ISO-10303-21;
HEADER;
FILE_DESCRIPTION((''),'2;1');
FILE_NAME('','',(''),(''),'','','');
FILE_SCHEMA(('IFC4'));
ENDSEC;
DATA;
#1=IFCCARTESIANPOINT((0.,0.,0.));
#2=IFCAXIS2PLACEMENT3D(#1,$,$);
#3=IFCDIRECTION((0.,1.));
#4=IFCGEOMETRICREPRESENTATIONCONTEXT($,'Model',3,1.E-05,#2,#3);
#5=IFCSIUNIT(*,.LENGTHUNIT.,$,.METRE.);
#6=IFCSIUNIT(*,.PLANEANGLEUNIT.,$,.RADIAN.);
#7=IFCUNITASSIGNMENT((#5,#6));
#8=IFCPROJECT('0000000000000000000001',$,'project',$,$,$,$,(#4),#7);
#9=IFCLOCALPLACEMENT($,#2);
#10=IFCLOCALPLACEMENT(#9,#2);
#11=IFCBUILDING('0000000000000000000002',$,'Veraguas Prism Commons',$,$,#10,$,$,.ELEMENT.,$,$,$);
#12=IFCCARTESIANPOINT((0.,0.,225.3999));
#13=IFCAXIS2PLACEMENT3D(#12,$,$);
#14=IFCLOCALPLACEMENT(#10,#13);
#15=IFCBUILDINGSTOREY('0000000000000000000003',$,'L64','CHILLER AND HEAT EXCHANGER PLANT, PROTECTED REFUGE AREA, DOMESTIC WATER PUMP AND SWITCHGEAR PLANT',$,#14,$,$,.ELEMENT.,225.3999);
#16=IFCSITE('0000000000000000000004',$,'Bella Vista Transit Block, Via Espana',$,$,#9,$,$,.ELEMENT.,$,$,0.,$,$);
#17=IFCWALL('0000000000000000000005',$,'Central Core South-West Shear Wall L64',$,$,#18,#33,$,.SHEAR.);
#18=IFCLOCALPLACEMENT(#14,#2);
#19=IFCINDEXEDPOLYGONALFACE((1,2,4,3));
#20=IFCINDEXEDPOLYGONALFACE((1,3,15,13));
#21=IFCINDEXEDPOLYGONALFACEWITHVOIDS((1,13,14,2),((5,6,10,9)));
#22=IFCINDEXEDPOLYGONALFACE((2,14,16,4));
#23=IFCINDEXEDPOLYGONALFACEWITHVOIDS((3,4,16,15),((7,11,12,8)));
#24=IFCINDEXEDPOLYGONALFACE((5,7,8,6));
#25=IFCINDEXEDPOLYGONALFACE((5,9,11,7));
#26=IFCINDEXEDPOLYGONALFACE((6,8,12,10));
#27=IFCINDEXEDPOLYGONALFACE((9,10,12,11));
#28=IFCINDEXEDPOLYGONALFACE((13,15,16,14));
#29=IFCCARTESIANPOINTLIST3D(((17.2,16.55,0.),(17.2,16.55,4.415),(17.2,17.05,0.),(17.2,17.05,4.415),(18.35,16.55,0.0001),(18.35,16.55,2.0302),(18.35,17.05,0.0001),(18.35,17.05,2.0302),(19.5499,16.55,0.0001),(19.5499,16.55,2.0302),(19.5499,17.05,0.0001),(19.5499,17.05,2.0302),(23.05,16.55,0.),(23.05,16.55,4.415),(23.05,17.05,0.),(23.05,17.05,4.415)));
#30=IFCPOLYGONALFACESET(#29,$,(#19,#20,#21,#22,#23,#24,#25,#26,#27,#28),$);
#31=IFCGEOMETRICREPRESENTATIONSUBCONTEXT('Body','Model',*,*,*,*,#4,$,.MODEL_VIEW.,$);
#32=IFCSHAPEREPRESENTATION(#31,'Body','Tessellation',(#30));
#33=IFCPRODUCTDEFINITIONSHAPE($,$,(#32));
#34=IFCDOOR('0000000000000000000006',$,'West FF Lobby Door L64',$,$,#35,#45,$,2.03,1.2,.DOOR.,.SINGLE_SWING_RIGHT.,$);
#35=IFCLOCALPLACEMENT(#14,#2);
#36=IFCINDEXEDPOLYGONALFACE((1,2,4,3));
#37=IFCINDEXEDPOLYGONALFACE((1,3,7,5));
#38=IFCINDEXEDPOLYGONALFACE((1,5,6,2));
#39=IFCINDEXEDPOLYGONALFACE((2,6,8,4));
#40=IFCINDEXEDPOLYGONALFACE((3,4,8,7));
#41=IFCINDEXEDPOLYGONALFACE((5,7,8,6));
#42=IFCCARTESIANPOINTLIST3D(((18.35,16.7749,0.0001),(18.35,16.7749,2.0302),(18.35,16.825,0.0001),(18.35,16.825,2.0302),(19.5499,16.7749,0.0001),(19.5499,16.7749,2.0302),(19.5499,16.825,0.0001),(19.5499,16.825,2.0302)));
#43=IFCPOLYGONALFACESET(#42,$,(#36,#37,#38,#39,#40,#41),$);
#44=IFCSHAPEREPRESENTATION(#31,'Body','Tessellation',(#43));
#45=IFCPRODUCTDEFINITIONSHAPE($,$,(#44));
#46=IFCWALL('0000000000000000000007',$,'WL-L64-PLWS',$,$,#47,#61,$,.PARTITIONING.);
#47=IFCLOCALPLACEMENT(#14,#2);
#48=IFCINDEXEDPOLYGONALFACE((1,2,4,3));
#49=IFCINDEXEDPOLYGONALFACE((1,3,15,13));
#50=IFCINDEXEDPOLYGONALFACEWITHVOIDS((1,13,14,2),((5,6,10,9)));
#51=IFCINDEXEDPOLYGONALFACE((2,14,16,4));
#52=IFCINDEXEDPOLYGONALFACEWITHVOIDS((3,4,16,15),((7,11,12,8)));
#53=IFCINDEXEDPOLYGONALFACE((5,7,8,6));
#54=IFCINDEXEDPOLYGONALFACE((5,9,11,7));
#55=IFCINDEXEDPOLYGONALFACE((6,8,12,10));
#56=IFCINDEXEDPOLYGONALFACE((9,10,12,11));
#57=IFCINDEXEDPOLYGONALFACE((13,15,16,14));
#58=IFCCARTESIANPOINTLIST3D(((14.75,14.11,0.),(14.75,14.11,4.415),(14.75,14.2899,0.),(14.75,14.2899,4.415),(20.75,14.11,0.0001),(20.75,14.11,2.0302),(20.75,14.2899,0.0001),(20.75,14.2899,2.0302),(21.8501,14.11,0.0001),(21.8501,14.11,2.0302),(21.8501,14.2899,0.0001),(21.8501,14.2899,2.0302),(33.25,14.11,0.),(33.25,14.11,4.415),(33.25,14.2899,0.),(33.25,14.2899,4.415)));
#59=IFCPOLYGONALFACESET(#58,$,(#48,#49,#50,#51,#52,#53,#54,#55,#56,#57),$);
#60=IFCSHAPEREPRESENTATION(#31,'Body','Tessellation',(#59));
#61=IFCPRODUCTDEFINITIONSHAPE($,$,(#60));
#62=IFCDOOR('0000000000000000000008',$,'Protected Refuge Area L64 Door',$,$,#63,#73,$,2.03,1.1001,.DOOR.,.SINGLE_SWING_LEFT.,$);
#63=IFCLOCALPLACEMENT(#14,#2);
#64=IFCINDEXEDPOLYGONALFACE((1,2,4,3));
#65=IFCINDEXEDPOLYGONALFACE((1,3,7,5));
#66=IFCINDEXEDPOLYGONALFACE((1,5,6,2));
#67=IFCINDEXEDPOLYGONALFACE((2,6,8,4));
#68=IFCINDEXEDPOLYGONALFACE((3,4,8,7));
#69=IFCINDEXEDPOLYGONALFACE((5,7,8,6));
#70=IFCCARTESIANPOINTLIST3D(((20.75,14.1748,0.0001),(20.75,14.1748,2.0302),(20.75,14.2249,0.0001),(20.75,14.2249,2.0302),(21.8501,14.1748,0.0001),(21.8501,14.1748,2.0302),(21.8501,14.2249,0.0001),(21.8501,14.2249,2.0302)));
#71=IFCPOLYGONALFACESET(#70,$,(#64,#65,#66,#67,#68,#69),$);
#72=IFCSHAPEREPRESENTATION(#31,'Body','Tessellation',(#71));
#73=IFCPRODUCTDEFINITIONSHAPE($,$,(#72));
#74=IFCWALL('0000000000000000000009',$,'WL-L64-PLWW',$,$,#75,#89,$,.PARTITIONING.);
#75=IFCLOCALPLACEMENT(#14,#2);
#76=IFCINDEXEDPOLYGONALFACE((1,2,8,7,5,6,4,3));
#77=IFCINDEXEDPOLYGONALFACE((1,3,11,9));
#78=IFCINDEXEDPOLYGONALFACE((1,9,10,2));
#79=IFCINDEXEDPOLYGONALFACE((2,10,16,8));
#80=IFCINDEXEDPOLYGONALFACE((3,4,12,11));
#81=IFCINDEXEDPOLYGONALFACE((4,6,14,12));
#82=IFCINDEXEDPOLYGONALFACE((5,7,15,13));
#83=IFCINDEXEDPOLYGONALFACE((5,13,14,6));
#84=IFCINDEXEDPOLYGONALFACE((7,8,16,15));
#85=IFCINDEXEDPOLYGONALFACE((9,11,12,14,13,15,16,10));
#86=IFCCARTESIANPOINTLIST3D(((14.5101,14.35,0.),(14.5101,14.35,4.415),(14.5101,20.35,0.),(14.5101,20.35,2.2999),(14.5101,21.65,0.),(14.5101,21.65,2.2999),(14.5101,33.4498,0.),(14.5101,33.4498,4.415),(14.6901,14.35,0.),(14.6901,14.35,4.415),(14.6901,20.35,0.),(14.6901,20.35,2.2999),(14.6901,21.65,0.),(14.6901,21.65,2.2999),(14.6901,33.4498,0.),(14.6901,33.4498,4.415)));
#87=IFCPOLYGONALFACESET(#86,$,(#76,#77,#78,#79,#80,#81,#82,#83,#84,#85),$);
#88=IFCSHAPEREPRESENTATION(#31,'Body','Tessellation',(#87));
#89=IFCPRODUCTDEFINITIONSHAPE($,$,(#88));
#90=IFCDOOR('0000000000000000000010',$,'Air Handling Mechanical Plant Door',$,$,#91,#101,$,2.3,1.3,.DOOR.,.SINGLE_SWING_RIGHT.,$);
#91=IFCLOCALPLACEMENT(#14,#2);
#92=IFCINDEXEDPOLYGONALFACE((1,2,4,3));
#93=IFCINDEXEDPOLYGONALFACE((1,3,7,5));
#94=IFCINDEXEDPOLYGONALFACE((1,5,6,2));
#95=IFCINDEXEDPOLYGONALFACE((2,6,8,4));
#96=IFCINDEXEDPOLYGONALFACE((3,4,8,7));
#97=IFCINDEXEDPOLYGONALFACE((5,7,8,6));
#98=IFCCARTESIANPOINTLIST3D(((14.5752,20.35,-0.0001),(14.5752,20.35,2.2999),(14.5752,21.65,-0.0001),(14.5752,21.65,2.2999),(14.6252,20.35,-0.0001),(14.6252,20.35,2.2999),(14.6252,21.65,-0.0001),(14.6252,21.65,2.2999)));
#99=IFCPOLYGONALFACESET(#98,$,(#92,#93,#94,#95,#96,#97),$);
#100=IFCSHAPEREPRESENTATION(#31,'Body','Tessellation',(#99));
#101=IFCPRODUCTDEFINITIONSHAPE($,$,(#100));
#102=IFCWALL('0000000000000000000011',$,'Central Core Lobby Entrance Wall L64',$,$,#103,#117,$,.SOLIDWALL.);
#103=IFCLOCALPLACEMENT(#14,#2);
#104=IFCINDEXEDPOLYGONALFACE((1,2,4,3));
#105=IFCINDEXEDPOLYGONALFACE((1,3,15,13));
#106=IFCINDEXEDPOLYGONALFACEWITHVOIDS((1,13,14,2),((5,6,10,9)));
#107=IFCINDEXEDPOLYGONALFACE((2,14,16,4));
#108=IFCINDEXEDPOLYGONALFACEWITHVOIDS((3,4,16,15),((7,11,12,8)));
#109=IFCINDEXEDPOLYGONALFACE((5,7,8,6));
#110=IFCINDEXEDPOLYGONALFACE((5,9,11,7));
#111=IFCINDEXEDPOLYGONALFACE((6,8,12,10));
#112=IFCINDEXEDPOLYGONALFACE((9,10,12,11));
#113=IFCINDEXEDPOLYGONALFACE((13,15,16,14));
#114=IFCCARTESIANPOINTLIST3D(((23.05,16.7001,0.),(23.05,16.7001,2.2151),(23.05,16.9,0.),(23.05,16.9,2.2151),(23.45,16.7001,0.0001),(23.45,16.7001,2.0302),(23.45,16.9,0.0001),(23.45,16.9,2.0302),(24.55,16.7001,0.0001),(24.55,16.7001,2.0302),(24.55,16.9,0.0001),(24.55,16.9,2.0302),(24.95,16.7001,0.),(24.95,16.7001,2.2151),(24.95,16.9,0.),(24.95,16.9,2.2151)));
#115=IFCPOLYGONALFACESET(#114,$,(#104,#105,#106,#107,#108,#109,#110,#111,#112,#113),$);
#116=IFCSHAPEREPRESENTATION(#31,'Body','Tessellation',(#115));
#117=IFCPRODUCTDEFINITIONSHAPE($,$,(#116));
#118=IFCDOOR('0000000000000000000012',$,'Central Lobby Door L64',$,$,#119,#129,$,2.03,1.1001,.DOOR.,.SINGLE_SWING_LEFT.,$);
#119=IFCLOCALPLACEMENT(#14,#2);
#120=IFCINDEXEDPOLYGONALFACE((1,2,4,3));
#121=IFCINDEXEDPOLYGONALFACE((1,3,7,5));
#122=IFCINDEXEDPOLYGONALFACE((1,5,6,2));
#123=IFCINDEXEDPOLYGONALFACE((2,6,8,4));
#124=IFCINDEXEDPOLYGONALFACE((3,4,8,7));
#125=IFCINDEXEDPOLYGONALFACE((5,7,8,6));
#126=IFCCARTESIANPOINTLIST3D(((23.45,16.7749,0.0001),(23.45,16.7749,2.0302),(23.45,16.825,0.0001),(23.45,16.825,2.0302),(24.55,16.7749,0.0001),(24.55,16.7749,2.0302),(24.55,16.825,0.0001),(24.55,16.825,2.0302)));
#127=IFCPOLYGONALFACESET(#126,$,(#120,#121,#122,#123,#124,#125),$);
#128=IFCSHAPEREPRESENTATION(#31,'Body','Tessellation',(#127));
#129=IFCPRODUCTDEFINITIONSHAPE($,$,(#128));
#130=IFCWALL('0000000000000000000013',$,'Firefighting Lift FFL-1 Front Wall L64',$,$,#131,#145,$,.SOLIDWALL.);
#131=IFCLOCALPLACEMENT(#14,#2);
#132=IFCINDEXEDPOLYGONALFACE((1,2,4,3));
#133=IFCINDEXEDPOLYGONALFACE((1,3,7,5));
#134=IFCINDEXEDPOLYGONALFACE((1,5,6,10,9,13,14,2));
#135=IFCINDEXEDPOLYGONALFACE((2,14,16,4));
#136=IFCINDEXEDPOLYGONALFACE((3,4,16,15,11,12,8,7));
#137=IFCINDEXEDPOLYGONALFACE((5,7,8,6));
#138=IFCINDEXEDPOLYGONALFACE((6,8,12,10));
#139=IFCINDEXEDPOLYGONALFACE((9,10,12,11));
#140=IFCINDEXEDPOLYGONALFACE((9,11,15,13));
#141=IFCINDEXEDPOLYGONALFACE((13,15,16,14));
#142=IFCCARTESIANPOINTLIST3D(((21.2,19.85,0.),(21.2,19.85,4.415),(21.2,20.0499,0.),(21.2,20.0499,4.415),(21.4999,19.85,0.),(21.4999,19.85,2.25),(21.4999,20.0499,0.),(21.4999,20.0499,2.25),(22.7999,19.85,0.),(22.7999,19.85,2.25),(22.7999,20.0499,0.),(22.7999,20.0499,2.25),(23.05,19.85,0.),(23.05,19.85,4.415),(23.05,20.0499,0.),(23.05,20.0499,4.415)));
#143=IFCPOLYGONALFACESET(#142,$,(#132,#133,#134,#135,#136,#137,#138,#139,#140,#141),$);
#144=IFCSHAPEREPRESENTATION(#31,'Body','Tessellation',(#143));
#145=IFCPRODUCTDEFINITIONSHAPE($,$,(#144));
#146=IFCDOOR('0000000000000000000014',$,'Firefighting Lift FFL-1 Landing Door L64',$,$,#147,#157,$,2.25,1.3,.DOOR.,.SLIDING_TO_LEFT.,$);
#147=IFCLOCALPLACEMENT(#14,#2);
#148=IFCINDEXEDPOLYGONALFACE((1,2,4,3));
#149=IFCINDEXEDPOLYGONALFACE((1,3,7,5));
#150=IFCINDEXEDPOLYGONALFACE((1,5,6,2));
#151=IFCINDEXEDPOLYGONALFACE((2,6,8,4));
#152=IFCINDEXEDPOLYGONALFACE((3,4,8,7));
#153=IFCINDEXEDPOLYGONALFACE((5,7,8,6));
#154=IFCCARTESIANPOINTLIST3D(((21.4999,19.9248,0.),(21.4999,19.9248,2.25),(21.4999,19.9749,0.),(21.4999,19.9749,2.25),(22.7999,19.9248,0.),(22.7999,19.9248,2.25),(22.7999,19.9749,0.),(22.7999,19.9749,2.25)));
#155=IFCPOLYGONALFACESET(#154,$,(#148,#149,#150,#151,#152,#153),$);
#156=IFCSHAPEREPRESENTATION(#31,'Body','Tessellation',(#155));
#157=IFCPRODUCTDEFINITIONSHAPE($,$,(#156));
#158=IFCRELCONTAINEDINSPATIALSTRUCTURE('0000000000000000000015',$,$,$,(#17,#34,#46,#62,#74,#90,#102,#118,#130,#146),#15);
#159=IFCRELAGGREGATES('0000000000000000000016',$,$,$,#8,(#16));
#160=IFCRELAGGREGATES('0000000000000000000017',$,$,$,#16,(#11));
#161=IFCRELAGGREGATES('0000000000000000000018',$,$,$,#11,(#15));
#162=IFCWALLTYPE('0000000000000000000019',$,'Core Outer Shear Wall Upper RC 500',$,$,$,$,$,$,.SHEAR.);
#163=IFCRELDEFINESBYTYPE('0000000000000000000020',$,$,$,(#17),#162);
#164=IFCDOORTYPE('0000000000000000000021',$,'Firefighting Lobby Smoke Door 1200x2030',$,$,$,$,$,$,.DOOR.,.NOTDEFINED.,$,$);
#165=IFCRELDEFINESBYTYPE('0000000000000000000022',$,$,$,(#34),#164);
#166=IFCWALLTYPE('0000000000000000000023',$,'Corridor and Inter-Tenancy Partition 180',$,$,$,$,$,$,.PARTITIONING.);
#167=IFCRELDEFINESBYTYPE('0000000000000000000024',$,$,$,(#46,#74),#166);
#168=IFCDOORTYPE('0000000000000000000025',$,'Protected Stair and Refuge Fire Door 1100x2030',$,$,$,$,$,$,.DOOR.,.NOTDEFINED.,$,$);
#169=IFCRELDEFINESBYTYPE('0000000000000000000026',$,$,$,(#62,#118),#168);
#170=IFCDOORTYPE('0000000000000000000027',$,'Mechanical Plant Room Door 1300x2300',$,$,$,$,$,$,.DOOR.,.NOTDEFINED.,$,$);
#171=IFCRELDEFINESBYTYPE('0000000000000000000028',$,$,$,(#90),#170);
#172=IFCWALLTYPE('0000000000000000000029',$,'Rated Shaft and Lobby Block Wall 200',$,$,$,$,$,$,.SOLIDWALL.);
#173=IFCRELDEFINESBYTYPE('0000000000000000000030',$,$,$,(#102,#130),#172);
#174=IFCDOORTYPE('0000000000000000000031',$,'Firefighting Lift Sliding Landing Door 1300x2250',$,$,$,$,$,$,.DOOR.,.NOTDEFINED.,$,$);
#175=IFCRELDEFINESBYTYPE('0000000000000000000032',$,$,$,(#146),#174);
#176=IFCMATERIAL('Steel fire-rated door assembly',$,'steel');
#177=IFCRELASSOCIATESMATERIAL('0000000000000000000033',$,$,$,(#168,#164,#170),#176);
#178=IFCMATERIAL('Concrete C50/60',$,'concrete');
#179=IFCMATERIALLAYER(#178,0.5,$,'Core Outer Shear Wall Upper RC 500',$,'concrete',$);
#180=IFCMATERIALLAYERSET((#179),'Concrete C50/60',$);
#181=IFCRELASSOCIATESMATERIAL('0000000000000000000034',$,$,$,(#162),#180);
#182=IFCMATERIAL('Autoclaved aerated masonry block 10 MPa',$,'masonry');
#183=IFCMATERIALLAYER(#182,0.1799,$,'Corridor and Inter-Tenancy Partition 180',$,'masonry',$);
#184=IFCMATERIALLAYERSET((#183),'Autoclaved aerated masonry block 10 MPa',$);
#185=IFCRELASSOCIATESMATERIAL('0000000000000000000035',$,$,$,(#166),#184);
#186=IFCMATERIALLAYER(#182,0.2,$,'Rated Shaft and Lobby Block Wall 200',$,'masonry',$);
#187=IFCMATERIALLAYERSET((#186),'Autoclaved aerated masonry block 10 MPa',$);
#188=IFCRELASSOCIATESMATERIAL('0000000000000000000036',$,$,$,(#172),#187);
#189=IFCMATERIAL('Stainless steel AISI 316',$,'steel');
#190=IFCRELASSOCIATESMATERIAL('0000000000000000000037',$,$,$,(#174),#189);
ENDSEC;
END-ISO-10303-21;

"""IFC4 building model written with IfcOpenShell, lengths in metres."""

from ifc_helpers import new_model, si_unit, direction, frame, frame_2d, origin, place, context, subcontext, project, spatial, rectangle, extrude, source, transform, mapped, material, layer, layer_set, type_object, element, fill, save


model = new_model("IFC4")

# Units and contexts
model_context = context("Model", 3, precision=1e-05, world=origin(), true_north=direction((0.0, 1.0)))
body_context = subcontext(model_context, "Body", "Model", "MODEL_VIEW")
ifc_project = project(units=[si_unit("LENGTHUNIT", "METRE"), si_unit("PLANEANGLEUNIT", "RADIAN")], contexts=[model_context])

# Site, building, storey
site_placement = place(None, origin())
site = spatial("IfcSite", under=ifc_project, at=site_placement, Name="Bella Vista Transit Block, Via Espana", CompositionType="ELEMENT", RefElevation=0.0)
building_placement = place(site_placement, origin())
building = spatial("IfcBuilding", under=site, at=building_placement, Name="Veraguas Prism Commons", CompositionType="ELEMENT")
storey_placement = place(building_placement, frame((0.0, 0.0, 225.3999)))
storey = spatial("IfcBuildingStorey", under=building, at=storey_placement, Name="L64", Description="CHILLER AND HEAT EXCHANGER PLANT, PROTECTED REFUGE AREA, DOMESTIC WATER PUMP AND SWITCHGEAR PLANT", CompositionType="ELEMENT", Elevation=225.3999)

# Shared definitions
ifc_material_1 = material(Name="Concrete C50/60", Category="concrete")

# Shared definitions
ifc_material_2 = material(Name="Steel fire-rated door assembly", Category="steel")
door_type_1 = type_object("IfcDoorType", Name="Protected Stair and Refuge Fire Door 1100x2030", OperationType="NOTDEFINED", PredefinedType="DOOR", material=ifc_material_2)
shared_shape_1 = source(origin(), body_context, "Body", "SweptSolid", [
    extrude(rectangle(XDim=1.1001, YDim=2.03, at=frame_2d((0.55, 1.0151))), frame((0.0, 0.0249, 0.0), z_axis=(0.0, -1.0, 0.0), x_axis=(1.0, 0.0, 0.0)), (0.0, 0.0, 1.0), 0.05),
])

# Shared definitions
ifc_layer_1 = layer(ifc_material_1, 0.5, Name="Core Outer Shear Wall Upper RC 500", Category="concrete")
ifc_layer_set_1 = layer_set([ifc_layer_1], Name="Concrete C50/60")
wall_type_1 = type_object("IfcWallType", Name="Core Outer Shear Wall Upper RC 500", PredefinedType="SHEAR", material=ifc_layer_set_1)

# Walls, openings, doors
wall_1_placement = place(storey_placement, frame((17.2, 16.8, 0.0), z_axis=(0.0, 0.0, 1.0), x_axis=(1.0, 0.0, 0.0)))
wall_1 = element("IfcWall", 1, at=wall_1_placement, inside=storey, type_object=wall_type_1, Name="Central Core South-West Shear Wall L64", PredefinedType="SHEAR", context=body_context, shape_type="SweptSolid", body=[
    extrude(rectangle(XDim=5.8501, YDim=0.5, at=frame_2d((2.925, 0.0))), origin(), (0.0, 0.0, 1.0), 4.415),
])
opening_1_placement = place(wall_1_placement, frame((1.1499, 0.0, 0.0)))
opening_1 = element("IfcOpeningElement", 2, at=opening_1_placement, cuts=wall_1, PredefinedType="OPENING", context=body_context, shape_type="SweptSolid", body=[
    extrude(rectangle(XDim=1.2, YDim=2.03, at=frame_2d((0.6001, 1.0151))), frame((0.0, 0.26, 0.0), z_axis=(0.0, -1.0, 0.0), x_axis=(1.0, 0.0, 0.0)), (0.0, 0.0, 1.0), 0.52),
])
door_type_2 = type_object("IfcDoorType", Name="Firefighting Lobby Smoke Door 1200x2030", OperationType="NOTDEFINED", PredefinedType="DOOR", material=ifc_material_2)
shared_shape_2 = source(origin(), body_context, "Body", "SweptSolid", [
    extrude(rectangle(XDim=1.2, YDim=2.03, at=frame_2d((0.6001, 1.0151))), frame((0.0, 0.0249, 0.0), z_axis=(0.0, -1.0, 0.0), x_axis=(1.0, 0.0, 0.0)), (0.0, 0.0, 1.0), 0.05),
])
door_1_placement = place(opening_1_placement, origin())
door_1 = element("IfcDoor", 3, at=door_1_placement, inside=storey, type_object=door_type_2, Name="West FF Lobby Door L64", OperationType="SINGLE_SWING_RIGHT", OverallHeight=2.03, OverallWidth=1.2, PredefinedType="DOOR", context=body_context, shape_type="MappedRepresentation", body=[
    mapped(shared_shape_2, transform((0.0, 0.0, 0.0), scale=1.0)),
])
fill(opening_1, door_1)
ifc_material_3 = material(Name="Autoclaved aerated masonry block 10 MPa", Category="masonry")
ifc_layer_2 = layer(ifc_material_3, 0.1799, Name="Corridor and Inter-Tenancy Partition 180", Category="masonry")
ifc_layer_set_2 = layer_set([ifc_layer_2], Name="Autoclaved aerated masonry block 10 MPa")
wall_type_2 = type_object("IfcWallType", Name="Corridor and Inter-Tenancy Partition 180", PredefinedType="PARTITIONING", material=ifc_layer_set_2)
wall_2_placement = place(storey_placement, frame((14.75, 14.2, 0.0), z_axis=(0.0, 0.0, 1.0), x_axis=(1.0, 0.0, 0.0)))
wall_2 = element("IfcWall", 4, at=wall_2_placement, inside=storey, type_object=wall_type_2, Name="WL-L64-PLWS", PredefinedType="PARTITIONING", context=body_context, shape_type="SweptSolid", body=[
    extrude(rectangle(XDim=18.5, YDim=0.1799, at=frame_2d((9.25, 0.0))), origin(), (0.0, 0.0, 1.0), 4.415),
])
opening_2_placement = place(wall_2_placement, frame((6.0, 0.0, 0.0)))
opening_2 = element("IfcOpeningElement", 5, at=opening_2_placement, cuts=wall_2, PredefinedType="OPENING", context=body_context, shape_type="SweptSolid", body=[
    extrude(rectangle(XDim=1.1001, YDim=2.03, at=frame_2d((0.55, 1.0151))), frame((0.0, 0.0999, 0.0), z_axis=(0.0, -1.0, 0.0), x_axis=(1.0, 0.0, 0.0)), (0.0, 0.0, 1.0), 0.2),
])
door_2_placement = place(opening_2_placement, origin())
door_2 = element("IfcDoor", 6, at=door_2_placement, inside=storey, type_object=door_type_1, Name="Protected Refuge Area L64 Door", OperationType="SINGLE_SWING_LEFT", OverallHeight=2.03, OverallWidth=1.1001, PredefinedType="DOOR", context=body_context, shape_type="MappedRepresentation", body=[
    mapped(shared_shape_1, transform((0.0, 0.0, 0.0), scale=1.0)),
])
fill(opening_2, door_2)
wall_3_placement = place(storey_placement, frame((14.6001, 14.3501, 0.0), z_axis=(0.0, 0.0, 1.0), x_axis=(0.0, 1.0, 0.0)))
wall_3 = element("IfcWall", 7, at=wall_3_placement, inside=storey, type_object=wall_type_2, Name="WL-L64-PLWW", PredefinedType="PARTITIONING", context=body_context, shape_type="SweptSolid", body=[
    extrude(rectangle(XDim=19.0999, YDim=0.1799, at=frame_2d((9.5498, 0.0))), origin(), (0.0, 0.0, 1.0), 4.415),
])
opening_3_placement = place(wall_3_placement, frame((6.0, 0.0, 0.0)))
opening_3 = element("IfcOpeningElement", 8, at=opening_3_placement, cuts=wall_3, PredefinedType="OPENING", context=body_context, shape_type="SweptSolid", body=[
    extrude(rectangle(XDim=1.3, YDim=2.3, at=frame_2d((0.6499, 1.1499))), frame((0.0, 0.0999, 0.0), z_axis=(0.0, -1.0, 0.0), x_axis=(1.0, 0.0, 0.0)), (0.0, 0.0, 1.0), 0.2),
])
door_type_3 = type_object("IfcDoorType", Name="Mechanical Plant Room Door 1300x2300", OperationType="NOTDEFINED", PredefinedType="DOOR", material=ifc_material_2)
shared_shape_3 = source(origin(), body_context, "Body", "SweptSolid", [
    extrude(rectangle(XDim=1.3, YDim=2.3, at=frame_2d((0.6499, 1.1499))), frame((0.0, 0.0249, 0.0), z_axis=(0.0, -1.0, 0.0), x_axis=(1.0, 0.0, 0.0)), (0.0, 0.0, 1.0), 0.05),
])
door_3_placement = place(opening_3_placement, origin())
door_3 = element("IfcDoor", 9, at=door_3_placement, inside=storey, type_object=door_type_3, Name="Air Handling Mechanical Plant Door", OperationType="SINGLE_SWING_RIGHT", OverallHeight=2.3, OverallWidth=1.3, PredefinedType="DOOR", context=body_context, shape_type="MappedRepresentation", body=[
    mapped(shared_shape_3, transform((0.0, 0.0, 0.0), scale=1.0)),
])
fill(opening_3, door_3)
ifc_layer_3 = layer(ifc_material_3, 0.2, Name="Rated Shaft and Lobby Block Wall 200", Category="masonry")
ifc_layer_set_3 = layer_set([ifc_layer_3], Name="Autoclaved aerated masonry block 10 MPa")
wall_type_3 = type_object("IfcWallType", Name="Rated Shaft and Lobby Block Wall 200", PredefinedType="SOLIDWALL", material=ifc_layer_set_3)
wall_4_placement = place(storey_placement, frame((23.05, 16.8, 0.0), z_axis=(0.0, 0.0, 1.0), x_axis=(1.0, 0.0, 0.0)))
wall_4 = element("IfcWall", 10, at=wall_4_placement, inside=storey, type_object=wall_type_3, Name="Central Core Lobby Entrance Wall L64", PredefinedType="SOLIDWALL", context=body_context, shape_type="SweptSolid", body=[
    extrude(rectangle(XDim=1.8999, YDim=0.2, at=frame_2d((0.95, 0.0))), origin(), (0.0, 0.0, 1.0), 2.2151),
])
opening_4_placement = place(wall_4_placement, frame((0.3999, 0.0, 0.0)))
opening_4 = element("IfcOpeningElement", 11, at=opening_4_placement, cuts=wall_4, PredefinedType="OPENING", context=body_context, shape_type="SweptSolid", body=[
    extrude(rectangle(XDim=1.1001, YDim=2.03, at=frame_2d((0.55, 1.0151))), frame((0.0, 0.1099, 0.0), z_axis=(0.0, -1.0, 0.0), x_axis=(1.0, 0.0, 0.0)), (0.0, 0.0, 1.0), 0.22),
])
door_4_placement = place(opening_4_placement, origin())
door_4 = element("IfcDoor", 12, at=door_4_placement, inside=storey, type_object=door_type_1, Name="Central Lobby Door L64", OperationType="SINGLE_SWING_LEFT", OverallHeight=2.03, OverallWidth=1.1001, PredefinedType="DOOR", context=body_context, shape_type="MappedRepresentation", body=[
    mapped(shared_shape_1, transform((0.0, 0.0, 0.0), scale=1.0)),
])
fill(opening_4, door_4)
wall_5_placement = place(storey_placement, frame((21.2, 19.95, 0.0), z_axis=(0.0, 0.0, 1.0), x_axis=(1.0, 0.0, 0.0)))
wall_5 = element("IfcWall", 13, at=wall_5_placement, inside=storey, type_object=wall_type_3, Name="Firefighting Lift FFL-1 Front Wall L64", PredefinedType="SOLIDWALL", context=body_context, shape_type="SweptSolid", body=[
    extrude(rectangle(XDim=1.8501, YDim=0.2, at=frame_2d((0.925, 0.0))), origin(), (0.0, 0.0, 1.0), 4.415),
])
opening_5_placement = place(wall_5_placement, frame((0.3, 0.0, 0.0)))
opening_5 = element("IfcOpeningElement", 14, at=opening_5_placement, cuts=wall_5, PredefinedType="OPENING", context=body_context, shape_type="SweptSolid", body=[
    extrude(rectangle(XDim=1.3, YDim=2.25, at=frame_2d((0.6499, 1.125))), frame((0.0, 0.1099, 0.0), z_axis=(0.0, -1.0, 0.0), x_axis=(1.0, 0.0, 0.0)), (0.0, 0.0, 1.0), 0.22),
])
ifc_material_4 = material(Name="Stainless steel AISI 316", Category="steel")
door_type_4 = type_object("IfcDoorType", Name="Firefighting Lift Sliding Landing Door 1300x2250", OperationType="NOTDEFINED", PredefinedType="DOOR", material=ifc_material_4)
shared_shape_4 = source(origin(), body_context, "Body", "SweptSolid", [
    extrude(rectangle(XDim=1.3, YDim=2.25, at=frame_2d((0.6499, 1.125))), frame((0.0, 0.0249, 0.0), z_axis=(0.0, -1.0, 0.0), x_axis=(1.0, 0.0, 0.0)), (0.0, 0.0, 1.0), 0.05),
])
door_5_placement = place(opening_5_placement, origin())
door_5 = element("IfcDoor", 15, at=door_5_placement, inside=storey, type_object=door_type_4, Name="Firefighting Lift FFL-1 Landing Door L64", OperationType="SLIDING_TO_LEFT", OverallHeight=2.25, OverallWidth=1.3, PredefinedType="DOOR", context=body_context, shape_type="MappedRepresentation", body=[
    mapped(shared_shape_4, transform((0.0, 0.0, 0.0), scale=1.0)),
])
fill(opening_5, door_5)

save(model, "model.ifc")
